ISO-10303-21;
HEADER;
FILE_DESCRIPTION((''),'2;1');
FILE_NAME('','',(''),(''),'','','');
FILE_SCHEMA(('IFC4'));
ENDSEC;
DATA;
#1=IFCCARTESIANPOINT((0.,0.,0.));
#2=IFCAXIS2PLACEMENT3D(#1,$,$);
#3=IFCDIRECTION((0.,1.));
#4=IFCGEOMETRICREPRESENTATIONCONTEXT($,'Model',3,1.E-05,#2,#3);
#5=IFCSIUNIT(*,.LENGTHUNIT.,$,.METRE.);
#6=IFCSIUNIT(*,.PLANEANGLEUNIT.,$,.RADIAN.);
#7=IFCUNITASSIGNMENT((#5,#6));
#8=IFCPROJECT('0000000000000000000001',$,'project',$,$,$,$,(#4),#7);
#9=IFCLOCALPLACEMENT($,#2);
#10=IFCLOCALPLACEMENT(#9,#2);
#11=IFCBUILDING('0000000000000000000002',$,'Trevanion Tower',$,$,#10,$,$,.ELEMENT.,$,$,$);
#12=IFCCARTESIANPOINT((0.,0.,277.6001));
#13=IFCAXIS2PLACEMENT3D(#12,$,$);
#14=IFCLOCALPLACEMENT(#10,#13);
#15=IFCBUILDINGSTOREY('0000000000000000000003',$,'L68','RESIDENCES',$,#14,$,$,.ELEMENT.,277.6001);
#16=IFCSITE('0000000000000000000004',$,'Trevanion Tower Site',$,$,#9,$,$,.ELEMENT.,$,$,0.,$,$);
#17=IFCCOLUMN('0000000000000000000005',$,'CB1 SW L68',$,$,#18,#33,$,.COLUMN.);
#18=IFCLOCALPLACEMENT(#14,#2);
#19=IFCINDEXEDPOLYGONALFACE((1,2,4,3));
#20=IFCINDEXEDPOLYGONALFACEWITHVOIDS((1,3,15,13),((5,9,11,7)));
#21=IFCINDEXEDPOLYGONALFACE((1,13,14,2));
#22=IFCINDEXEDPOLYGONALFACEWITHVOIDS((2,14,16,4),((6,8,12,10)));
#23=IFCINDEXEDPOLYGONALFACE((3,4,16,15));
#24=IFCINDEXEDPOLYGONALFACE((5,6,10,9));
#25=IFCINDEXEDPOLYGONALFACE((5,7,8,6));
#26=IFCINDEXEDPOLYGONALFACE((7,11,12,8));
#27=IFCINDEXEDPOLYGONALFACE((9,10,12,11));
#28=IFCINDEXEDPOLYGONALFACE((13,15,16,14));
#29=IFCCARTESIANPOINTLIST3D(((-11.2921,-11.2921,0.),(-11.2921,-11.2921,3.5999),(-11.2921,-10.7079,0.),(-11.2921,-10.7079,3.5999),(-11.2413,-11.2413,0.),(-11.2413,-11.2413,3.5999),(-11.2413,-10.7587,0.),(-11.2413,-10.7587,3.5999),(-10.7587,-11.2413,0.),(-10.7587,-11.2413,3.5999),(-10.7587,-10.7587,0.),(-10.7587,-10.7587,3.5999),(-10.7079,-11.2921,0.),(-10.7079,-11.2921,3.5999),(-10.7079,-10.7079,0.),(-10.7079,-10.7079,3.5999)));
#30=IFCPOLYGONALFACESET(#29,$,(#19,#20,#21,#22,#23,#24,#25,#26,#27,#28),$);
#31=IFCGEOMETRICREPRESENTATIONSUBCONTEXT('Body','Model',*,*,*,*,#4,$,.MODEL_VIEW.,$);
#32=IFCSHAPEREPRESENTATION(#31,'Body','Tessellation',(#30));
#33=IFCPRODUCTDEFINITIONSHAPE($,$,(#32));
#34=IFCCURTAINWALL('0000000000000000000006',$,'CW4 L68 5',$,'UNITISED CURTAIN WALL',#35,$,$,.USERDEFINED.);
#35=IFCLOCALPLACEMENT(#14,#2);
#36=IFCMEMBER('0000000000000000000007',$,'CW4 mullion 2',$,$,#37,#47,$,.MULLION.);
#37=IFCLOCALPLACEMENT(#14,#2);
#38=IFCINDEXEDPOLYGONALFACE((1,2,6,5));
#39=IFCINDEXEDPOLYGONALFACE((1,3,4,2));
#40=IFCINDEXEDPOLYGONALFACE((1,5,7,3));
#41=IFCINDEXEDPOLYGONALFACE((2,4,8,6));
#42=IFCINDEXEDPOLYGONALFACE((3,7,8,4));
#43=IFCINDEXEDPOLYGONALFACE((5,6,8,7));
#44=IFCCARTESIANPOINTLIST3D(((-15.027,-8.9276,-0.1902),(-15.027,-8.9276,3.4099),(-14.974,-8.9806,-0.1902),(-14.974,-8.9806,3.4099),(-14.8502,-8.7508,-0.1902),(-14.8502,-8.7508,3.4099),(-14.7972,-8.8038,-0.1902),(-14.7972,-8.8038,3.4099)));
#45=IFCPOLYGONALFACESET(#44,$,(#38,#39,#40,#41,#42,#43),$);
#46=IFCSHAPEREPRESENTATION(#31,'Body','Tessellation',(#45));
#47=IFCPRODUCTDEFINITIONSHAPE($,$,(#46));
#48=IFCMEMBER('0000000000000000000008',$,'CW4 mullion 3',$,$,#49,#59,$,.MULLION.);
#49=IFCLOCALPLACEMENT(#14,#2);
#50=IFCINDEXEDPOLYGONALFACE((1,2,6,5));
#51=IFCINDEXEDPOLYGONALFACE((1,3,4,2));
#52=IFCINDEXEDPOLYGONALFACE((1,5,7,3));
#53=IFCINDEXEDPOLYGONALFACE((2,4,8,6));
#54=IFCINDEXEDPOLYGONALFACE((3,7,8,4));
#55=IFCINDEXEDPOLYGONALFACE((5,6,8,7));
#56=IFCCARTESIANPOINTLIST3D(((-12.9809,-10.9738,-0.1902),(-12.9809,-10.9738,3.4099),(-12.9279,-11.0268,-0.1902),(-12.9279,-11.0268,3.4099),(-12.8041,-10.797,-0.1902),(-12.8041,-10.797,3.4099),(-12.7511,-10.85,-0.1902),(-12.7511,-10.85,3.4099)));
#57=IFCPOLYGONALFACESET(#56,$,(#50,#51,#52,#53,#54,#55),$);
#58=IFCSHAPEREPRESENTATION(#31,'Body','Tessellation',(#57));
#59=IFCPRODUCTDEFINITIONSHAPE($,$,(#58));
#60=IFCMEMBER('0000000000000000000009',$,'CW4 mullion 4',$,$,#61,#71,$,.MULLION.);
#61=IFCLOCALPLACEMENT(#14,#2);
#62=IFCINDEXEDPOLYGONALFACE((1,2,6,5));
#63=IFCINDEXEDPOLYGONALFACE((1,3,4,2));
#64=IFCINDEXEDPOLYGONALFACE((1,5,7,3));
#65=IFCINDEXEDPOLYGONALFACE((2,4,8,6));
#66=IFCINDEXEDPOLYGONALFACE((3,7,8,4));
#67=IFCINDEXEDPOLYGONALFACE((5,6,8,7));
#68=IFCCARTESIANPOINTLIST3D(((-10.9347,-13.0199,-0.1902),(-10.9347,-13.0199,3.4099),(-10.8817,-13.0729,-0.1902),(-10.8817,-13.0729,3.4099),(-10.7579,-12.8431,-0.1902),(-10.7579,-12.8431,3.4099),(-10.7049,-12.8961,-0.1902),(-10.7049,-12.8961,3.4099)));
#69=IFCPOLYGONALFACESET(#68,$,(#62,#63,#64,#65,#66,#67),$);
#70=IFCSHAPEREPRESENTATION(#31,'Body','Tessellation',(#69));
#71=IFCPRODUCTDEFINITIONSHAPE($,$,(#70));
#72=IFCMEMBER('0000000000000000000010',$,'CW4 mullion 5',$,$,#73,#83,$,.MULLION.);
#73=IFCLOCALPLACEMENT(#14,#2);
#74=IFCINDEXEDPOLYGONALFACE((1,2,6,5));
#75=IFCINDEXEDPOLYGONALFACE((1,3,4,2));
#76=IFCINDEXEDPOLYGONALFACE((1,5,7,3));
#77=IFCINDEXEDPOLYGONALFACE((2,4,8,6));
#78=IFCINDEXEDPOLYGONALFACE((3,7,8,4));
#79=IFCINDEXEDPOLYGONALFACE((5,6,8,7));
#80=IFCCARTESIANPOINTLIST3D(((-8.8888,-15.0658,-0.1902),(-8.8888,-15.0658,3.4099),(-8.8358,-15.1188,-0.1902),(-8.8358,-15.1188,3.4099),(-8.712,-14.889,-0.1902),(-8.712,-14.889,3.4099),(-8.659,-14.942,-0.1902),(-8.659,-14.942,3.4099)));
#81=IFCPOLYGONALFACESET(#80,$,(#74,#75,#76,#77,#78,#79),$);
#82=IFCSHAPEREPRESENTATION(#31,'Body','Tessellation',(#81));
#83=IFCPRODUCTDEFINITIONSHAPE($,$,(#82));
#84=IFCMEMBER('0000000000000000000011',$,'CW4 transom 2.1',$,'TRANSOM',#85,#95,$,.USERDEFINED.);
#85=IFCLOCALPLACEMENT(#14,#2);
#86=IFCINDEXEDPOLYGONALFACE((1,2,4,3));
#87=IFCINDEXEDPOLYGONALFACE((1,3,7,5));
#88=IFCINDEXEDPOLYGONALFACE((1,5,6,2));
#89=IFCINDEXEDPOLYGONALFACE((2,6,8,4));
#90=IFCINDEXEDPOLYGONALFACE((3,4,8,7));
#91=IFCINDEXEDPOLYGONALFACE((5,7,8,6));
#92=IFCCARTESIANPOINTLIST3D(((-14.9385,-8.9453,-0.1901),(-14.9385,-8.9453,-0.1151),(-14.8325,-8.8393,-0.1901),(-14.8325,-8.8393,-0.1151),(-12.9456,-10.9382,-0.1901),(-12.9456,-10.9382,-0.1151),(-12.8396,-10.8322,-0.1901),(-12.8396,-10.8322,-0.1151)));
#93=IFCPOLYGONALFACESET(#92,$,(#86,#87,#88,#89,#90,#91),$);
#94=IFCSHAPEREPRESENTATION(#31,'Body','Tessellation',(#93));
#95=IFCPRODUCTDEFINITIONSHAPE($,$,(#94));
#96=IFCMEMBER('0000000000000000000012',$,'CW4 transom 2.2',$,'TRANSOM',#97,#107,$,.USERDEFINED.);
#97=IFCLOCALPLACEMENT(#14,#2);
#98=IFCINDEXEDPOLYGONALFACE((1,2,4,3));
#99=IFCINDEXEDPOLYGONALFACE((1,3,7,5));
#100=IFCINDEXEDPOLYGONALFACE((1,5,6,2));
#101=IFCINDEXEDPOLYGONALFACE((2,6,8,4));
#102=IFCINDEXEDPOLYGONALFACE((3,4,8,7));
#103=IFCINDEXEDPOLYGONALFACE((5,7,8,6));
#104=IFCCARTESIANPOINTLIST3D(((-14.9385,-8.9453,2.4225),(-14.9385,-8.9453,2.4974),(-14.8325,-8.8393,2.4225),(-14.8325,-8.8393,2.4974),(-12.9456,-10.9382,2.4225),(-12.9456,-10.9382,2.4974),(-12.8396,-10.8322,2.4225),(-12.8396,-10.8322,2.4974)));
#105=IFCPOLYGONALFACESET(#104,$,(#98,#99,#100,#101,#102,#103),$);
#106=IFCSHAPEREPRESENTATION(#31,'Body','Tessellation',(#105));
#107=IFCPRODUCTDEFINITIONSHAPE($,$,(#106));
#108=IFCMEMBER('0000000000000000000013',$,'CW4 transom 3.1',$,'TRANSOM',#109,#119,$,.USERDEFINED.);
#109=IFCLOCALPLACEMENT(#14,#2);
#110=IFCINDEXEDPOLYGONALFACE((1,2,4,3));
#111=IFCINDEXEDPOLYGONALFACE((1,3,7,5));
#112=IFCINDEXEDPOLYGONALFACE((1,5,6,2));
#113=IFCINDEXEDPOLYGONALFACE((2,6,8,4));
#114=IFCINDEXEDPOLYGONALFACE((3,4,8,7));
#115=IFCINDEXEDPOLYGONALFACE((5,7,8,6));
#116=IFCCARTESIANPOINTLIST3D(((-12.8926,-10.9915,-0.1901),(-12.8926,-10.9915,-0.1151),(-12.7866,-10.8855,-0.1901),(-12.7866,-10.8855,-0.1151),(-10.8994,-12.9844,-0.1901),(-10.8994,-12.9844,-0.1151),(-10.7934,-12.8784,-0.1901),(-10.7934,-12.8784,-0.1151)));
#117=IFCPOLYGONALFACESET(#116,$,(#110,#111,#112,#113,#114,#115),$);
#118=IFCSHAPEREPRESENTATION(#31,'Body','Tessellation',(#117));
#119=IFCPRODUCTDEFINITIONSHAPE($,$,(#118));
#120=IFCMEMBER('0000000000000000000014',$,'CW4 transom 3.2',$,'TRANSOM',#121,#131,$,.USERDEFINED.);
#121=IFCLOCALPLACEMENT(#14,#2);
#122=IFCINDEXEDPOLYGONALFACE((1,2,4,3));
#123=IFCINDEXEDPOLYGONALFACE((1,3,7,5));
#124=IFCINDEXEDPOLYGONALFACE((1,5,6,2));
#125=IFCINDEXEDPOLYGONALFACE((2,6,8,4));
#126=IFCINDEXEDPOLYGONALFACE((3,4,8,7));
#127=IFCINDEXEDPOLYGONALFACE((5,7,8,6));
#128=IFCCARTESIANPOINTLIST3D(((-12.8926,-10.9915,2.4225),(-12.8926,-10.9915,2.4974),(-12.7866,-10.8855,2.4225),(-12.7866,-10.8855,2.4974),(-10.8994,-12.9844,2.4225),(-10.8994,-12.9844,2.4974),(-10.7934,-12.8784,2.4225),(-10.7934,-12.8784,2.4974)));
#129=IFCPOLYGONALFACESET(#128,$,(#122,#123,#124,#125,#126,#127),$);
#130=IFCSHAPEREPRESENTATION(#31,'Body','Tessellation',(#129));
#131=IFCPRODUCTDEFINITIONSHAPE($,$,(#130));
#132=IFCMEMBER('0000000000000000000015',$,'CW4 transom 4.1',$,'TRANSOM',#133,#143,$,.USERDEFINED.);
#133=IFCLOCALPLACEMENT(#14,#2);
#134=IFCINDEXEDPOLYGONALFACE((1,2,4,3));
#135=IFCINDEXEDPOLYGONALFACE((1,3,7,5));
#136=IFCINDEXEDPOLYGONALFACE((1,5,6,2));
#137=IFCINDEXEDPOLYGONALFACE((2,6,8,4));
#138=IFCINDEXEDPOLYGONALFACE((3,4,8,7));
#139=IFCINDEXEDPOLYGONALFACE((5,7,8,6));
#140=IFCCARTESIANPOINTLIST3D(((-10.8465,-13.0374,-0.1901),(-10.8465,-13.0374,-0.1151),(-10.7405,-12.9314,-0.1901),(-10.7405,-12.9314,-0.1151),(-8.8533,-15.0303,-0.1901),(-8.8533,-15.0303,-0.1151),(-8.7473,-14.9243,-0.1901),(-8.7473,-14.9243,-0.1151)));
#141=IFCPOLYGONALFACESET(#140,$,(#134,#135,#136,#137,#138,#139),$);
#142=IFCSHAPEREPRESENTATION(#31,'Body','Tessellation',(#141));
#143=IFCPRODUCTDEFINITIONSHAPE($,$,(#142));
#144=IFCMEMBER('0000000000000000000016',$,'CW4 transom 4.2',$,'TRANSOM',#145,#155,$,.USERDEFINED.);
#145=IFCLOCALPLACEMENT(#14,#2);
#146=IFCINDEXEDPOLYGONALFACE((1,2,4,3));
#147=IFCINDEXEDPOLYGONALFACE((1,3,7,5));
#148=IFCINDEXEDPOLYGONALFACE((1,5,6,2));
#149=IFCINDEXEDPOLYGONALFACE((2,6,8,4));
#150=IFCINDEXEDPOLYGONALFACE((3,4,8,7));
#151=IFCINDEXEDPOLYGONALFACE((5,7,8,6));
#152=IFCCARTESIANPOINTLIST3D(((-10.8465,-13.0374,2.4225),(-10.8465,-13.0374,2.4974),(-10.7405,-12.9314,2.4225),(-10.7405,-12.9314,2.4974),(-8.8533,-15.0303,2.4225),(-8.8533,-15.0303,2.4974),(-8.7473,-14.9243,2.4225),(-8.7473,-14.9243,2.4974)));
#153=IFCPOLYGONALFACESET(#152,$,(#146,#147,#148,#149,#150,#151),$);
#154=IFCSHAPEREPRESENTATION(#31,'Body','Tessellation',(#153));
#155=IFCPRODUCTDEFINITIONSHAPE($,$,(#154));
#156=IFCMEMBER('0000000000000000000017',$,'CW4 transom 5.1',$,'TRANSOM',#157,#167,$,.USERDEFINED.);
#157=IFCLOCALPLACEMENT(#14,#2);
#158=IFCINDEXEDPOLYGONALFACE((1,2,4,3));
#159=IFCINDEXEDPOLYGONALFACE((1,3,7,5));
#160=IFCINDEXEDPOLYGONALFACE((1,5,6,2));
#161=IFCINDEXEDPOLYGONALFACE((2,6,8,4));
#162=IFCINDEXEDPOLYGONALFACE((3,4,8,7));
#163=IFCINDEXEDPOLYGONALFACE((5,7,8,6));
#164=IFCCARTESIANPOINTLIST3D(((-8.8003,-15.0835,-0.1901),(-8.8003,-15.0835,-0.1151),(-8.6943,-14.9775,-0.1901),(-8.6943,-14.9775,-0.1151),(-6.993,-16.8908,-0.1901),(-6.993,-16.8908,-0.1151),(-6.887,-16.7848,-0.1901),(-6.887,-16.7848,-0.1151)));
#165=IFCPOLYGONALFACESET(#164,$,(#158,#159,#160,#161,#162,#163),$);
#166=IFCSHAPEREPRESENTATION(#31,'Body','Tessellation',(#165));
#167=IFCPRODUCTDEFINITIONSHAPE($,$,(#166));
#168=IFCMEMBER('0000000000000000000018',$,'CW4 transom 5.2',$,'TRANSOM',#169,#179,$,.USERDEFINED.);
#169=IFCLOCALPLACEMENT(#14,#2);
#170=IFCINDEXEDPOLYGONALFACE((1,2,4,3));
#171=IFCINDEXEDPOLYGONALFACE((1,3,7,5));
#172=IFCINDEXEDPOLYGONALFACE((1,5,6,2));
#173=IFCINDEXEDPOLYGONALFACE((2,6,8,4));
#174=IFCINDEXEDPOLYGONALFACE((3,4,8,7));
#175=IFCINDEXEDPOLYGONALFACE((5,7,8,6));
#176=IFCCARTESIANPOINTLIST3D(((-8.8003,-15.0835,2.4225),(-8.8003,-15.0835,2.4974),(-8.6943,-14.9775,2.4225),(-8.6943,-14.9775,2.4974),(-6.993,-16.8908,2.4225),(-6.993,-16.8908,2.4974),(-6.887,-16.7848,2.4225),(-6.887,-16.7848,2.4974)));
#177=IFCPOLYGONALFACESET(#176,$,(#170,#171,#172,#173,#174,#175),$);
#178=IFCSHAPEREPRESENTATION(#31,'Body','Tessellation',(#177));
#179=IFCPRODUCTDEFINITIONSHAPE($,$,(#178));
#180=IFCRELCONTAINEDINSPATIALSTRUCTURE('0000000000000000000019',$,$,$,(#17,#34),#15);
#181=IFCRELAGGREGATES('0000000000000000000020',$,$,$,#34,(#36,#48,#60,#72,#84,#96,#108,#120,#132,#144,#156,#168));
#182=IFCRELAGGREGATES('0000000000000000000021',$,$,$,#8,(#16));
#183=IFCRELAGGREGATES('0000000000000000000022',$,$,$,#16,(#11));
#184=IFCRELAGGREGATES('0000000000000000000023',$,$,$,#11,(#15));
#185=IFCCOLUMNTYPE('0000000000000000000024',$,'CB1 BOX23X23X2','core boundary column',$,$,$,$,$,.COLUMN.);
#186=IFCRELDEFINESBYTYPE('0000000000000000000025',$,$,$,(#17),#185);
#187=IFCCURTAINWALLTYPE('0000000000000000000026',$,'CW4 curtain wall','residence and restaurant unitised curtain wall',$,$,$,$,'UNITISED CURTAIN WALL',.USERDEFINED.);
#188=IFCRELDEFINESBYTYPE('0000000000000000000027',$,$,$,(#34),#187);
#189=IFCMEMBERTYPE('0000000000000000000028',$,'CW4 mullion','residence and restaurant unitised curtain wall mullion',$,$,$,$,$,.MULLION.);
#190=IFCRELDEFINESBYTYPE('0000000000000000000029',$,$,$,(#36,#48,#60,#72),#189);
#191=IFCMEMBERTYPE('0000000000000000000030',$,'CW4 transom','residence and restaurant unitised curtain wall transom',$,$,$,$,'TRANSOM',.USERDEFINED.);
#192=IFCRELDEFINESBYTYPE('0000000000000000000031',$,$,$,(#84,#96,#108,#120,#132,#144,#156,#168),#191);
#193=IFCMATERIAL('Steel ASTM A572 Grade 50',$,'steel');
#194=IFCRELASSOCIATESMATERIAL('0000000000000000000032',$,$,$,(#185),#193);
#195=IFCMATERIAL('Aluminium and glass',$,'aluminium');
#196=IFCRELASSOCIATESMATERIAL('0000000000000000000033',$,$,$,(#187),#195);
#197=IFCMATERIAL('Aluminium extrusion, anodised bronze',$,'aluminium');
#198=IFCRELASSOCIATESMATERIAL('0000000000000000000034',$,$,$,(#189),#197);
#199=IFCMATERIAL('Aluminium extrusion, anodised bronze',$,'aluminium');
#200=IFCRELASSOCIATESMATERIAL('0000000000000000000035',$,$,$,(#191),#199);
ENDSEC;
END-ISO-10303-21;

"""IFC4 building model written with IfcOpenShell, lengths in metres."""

from ifc_helpers import new_model, si_unit, direction, frame, origin, origin_2d, place, context, subcontext, project, spatial, rectangle, hollow_rectangle, extrude, material, material_profile, profile_set, type_object, element, aggregate, save


model = new_model("IFC4")

# Units and contexts
model_context = context("Model", 3, precision=1e-05, world=origin(), true_north=direction((0.0, 1.0)))
body_context = subcontext(model_context, "Body", "Model", "MODEL_VIEW")
ifc_project = project(units=[si_unit("LENGTHUNIT", "METRE"), si_unit("PLANEANGLEUNIT", "RADIAN")], contexts=[model_context])

# Site, building, storey
site_placement = place(None, origin())
site = spatial("IfcSite", under=ifc_project, at=site_placement, Name="Trevanion Tower Site", CompositionType="ELEMENT", RefElevation=0.0)
building_placement = place(site_placement, origin())
building = spatial("IfcBuilding", under=site, at=building_placement, Name="Trevanion Tower", CompositionType="ELEMENT")
storey_placement = place(building_placement, frame((0.0, 0.0, 277.6001)))
storey = spatial("IfcBuildingStorey", under=building, at=storey_placement, Name="L68", Description="RESIDENCES", CompositionType="ELEMENT", Elevation=277.6001)

# Column
ifc_material_1 = material(Name="Steel ASTM A572 Grade 50", Category="steel")
ifc_material_profile_1 = material_profile(ifc_material_1, hollow_rectangle(XDim=0.5842, YDim=0.5842, WallThickness=0.0508, at=origin_2d()), Name="BOX23X23X2")
ifc_profile_set_1 = profile_set([ifc_material_profile_1], Name="Steel ASTM A572 Grade 50")
column_type = type_object("IfcColumnType", Name="CB1 BOX23X23X2", Description="core boundary column", PredefinedType="COLUMN", material=ifc_profile_set_1)
column_placement = place(storey_placement, frame((-11.0, -11.0, 0.0), z_axis=(0.0, 0.0, 1.0), x_axis=(1.0, 0.0, 0.0)))
element("IfcColumn", 1, at=column_placement, inside=storey, type_object=column_type, Name="CB1 SW L68", PredefinedType="COLUMN", context=body_context, shape_type="SweptSolid", body=[
    extrude(hollow_rectangle(XDim=0.5842, YDim=0.5842, WallThickness=0.0508, at=origin_2d()), origin(), (0.0, 0.0, 1.0), 3.5999),
])

# Curtain wall, members
ifc_material_2 = material(Name="Aluminium and glass", Category="aluminium")
curtain_wall_type = type_object("IfcCurtainWallType", Name="CW4 curtain wall", Description="residence and restaurant unitised curtain wall", ElementType="UNITISED CURTAIN WALL", PredefinedType="USERDEFINED", material=ifc_material_2)
curtain_wall_placement = place(storey_placement, origin())
curtain_wall = element("IfcCurtainWall", 2, at=curtain_wall_placement, inside=storey, type_object=curtain_wall_type, Name="CW4 L68 5", ObjectType="UNITISED CURTAIN WALL", PredefinedType="USERDEFINED")
ifc_material_3 = material(Name="Aluminium extrusion, anodised bronze", Category="aluminium")
ifc_material_profile_2 = material_profile(ifc_material_3, rectangle(XDim=0.075, YDim=0.25, at=origin_2d()), Name="CW4 mullion")
ifc_profile_set_2 = profile_set([ifc_material_profile_2], Name="Aluminium extrusion, anodised bronze")
member_type_1 = type_object("IfcMemberType", Name="CW4 mullion", Description="residence and restaurant unitised curtain wall mullion", PredefinedType="MULLION", material=ifc_profile_set_2)
member_1_placement = place(storey_placement, frame((-14.9121, -8.8657, -0.1902), z_axis=(0.0, 0.0, 1.0), x_axis=(0.707107, -0.707107, 0.0)))
member_1 = element("IfcMember", 3, at=member_1_placement, type_object=member_type_1, Name="CW4 mullion 2", PredefinedType="MULLION", context=body_context, shape_type="SweptSolid", body=[
    extrude(rectangle(XDim=0.075, YDim=0.25, at=origin_2d()), origin(), (0.0, 0.0, 1.0), 3.6001),
])
member_2_placement = place(storey_placement, frame((-12.866, -10.9119, -0.1902), z_axis=(0.0, 0.0, 1.0), x_axis=(0.707107, -0.707107, 0.0)))
member_2 = element("IfcMember", 4, at=member_2_placement, type_object=member_type_1, Name="CW4 mullion 3", PredefinedType="MULLION", context=body_context, shape_type="SweptSolid", body=[
    extrude(rectangle(XDim=0.075, YDim=0.25, at=origin_2d()), origin(), (0.0, 0.0, 1.0), 3.6001),
])
member_3_placement = place(storey_placement, frame((-10.8198, -12.958, -0.1902), z_axis=(0.0, 0.0, 1.0), x_axis=(0.707107, -0.707107, 0.0)))
member_3 = element("IfcMember", 5, at=member_3_placement, type_object=member_type_1, Name="CW4 mullion 4", PredefinedType="MULLION", context=body_context, shape_type="SweptSolid", body=[
    extrude(rectangle(XDim=0.075, YDim=0.25, at=origin_2d()), origin(), (0.0, 0.0, 1.0), 3.6001),
])
member_4_placement = place(storey_placement, frame((-8.7739, -15.0039, -0.1902), z_axis=(0.0, 0.0, 1.0), x_axis=(0.707107, -0.707107, 0.0)))
member_4 = element("IfcMember", 6, at=member_4_placement, type_object=member_type_1, Name="CW4 mullion 5", PredefinedType="MULLION", context=body_context, shape_type="SweptSolid", body=[
    extrude(rectangle(XDim=0.075, YDim=0.25, at=origin_2d()), origin(), (0.0, 0.0, 1.0), 3.6001),
])
ifc_material_4 = material(Name="Aluminium extrusion, anodised bronze", Category="aluminium")
ifc_material_profile_3 = material_profile(ifc_material_4, rectangle(XDim=0.1499, YDim=0.075, at=origin_2d()), Name="CW4 transom")
ifc_profile_set_3 = profile_set([ifc_material_profile_3], Name="Aluminium extrusion, anodised bronze")
member_type_2 = type_object("IfcMemberType", Name="CW4 transom", Description="residence and restaurant unitised curtain wall transom", ElementType="TRANSOM", PredefinedType="USERDEFINED", material=ifc_profile_set_3)
member_5_placement = place(storey_placement, frame((-14.8855, -8.8923, -0.1526), z_axis=(0.707107, -0.707107, 0.0), x_axis=(0.707107, 0.707107, 0.0)))
member_5 = element("IfcMember", 7, at=member_5_placement, type_object=member_type_2, Name="CW4 transom 2.1", ObjectType="TRANSOM", PredefinedType="USERDEFINED", context=body_context, shape_type="SweptSolid", body=[
    extrude(rectangle(XDim=0.1499, YDim=0.075, at=origin_2d()), origin(), (0.0, 0.0, 1.0), 2.8184),
])
member_6_placement = place(storey_placement, frame((-14.8855, -8.8923, 2.46), z_axis=(0.707107, -0.707107, 0.0), x_axis=(0.707107, 0.707107, 0.0)))
member_6 = element("IfcMember", 8, at=member_6_placement, type_object=member_type_2, Name="CW4 transom 2.2", ObjectType="TRANSOM", PredefinedType="USERDEFINED", context=body_context, shape_type="SweptSolid", body=[
    extrude(rectangle(XDim=0.1499, YDim=0.075, at=origin_2d()), origin(), (0.0, 0.0, 1.0), 2.8184),
])
member_7_placement = place(storey_placement, frame((-12.8396, -10.9385, -0.1526), z_axis=(0.70715, -0.707063, 0.0), x_axis=(0.707063, 0.70715, 0.0)))
member_7 = element("IfcMember", 9, at=member_7_placement, type_object=member_type_2, Name="CW4 transom 3.1", ObjectType="TRANSOM", PredefinedType="USERDEFINED", context=body_context, shape_type="SweptSolid", body=[
    extrude(rectangle(XDim=0.1499, YDim=0.075, at=origin_2d()), origin(), (0.0, 0.0, 1.0), 2.8186),
])
member_8_placement = place(storey_placement, frame((-12.8396, -10.9385, 2.46), z_axis=(0.70715, -0.707063, 0.0), x_axis=(0.707063, 0.70715, 0.0)))
member_8 = element("IfcMember", 10, at=member_8_placement, type_object=member_type_2, Name="CW4 transom 3.2", ObjectType="TRANSOM", PredefinedType="USERDEFINED", context=body_context, shape_type="SweptSolid", body=[
    extrude(rectangle(XDim=0.1499, YDim=0.075, at=origin_2d()), origin(), (0.0, 0.0, 1.0), 2.8186),
])
member_9_placement = place(storey_placement, frame((-10.7935, -12.9844, -0.1526), z_axis=(0.70715, -0.707063, 0.0), x_axis=(0.707063, 0.70715, 0.0)))
member_9 = element("IfcMember", 11, at=member_9_placement, type_object=member_type_2, Name="CW4 transom 4.1", ObjectType="TRANSOM", PredefinedType="USERDEFINED", context=body_context, shape_type="SweptSolid", body=[
    extrude(rectangle(XDim=0.1499, YDim=0.075, at=origin_2d()), origin(), (0.0, 0.0, 1.0), 2.8186),
])
member_10_placement = place(storey_placement, frame((-10.7935, -12.9844, 2.46), z_axis=(0.70715, -0.707063, 0.0), x_axis=(0.707063, 0.70715, 0.0)))
member_10 = element("IfcMember", 12, at=member_10_placement, type_object=member_type_2, Name="CW4 transom 4.2", ObjectType="TRANSOM", PredefinedType="USERDEFINED", context=body_context, shape_type="SweptSolid", body=[
    extrude(rectangle(XDim=0.1499, YDim=0.075, at=origin_2d()), origin(), (0.0, 0.0, 1.0), 2.8186),
])
member_11_placement = place(storey_placement, frame((-8.7473, -15.0305, -0.1526), z_axis=(0.707107, -0.707107, 0.0), x_axis=(0.707107, 0.707107, 0.0)))
member_11 = element("IfcMember", 13, at=member_11_placement, type_object=member_type_2, Name="CW4 transom 5.1", ObjectType="TRANSOM", PredefinedType="USERDEFINED", context=body_context, shape_type="SweptSolid", body=[
    extrude(rectangle(XDim=0.1499, YDim=0.075, at=origin_2d()), origin(), (0.0, 0.0, 1.0), 2.5559),
])
member_12_placement = place(storey_placement, frame((-8.7473, -15.0305, 2.46), z_axis=(0.707107, -0.707107, 0.0), x_axis=(0.707107, 0.707107, 0.0)))
member_12 = element("IfcMember", 14, at=member_12_placement, type_object=member_type_2, Name="CW4 transom 5.2", ObjectType="TRANSOM", PredefinedType="USERDEFINED", context=body_context, shape_type="SweptSolid", body=[
    extrude(rectangle(XDim=0.1499, YDim=0.075, at=origin_2d()), origin(), (0.0, 0.0, 1.0), 2.5559),
])

aggregate(curtain_wall, [member_1, member_2, member_3, member_4, member_5, member_6, member_7, member_8, member_9, member_10, member_11, member_12])

save(model, "model.ifc")
